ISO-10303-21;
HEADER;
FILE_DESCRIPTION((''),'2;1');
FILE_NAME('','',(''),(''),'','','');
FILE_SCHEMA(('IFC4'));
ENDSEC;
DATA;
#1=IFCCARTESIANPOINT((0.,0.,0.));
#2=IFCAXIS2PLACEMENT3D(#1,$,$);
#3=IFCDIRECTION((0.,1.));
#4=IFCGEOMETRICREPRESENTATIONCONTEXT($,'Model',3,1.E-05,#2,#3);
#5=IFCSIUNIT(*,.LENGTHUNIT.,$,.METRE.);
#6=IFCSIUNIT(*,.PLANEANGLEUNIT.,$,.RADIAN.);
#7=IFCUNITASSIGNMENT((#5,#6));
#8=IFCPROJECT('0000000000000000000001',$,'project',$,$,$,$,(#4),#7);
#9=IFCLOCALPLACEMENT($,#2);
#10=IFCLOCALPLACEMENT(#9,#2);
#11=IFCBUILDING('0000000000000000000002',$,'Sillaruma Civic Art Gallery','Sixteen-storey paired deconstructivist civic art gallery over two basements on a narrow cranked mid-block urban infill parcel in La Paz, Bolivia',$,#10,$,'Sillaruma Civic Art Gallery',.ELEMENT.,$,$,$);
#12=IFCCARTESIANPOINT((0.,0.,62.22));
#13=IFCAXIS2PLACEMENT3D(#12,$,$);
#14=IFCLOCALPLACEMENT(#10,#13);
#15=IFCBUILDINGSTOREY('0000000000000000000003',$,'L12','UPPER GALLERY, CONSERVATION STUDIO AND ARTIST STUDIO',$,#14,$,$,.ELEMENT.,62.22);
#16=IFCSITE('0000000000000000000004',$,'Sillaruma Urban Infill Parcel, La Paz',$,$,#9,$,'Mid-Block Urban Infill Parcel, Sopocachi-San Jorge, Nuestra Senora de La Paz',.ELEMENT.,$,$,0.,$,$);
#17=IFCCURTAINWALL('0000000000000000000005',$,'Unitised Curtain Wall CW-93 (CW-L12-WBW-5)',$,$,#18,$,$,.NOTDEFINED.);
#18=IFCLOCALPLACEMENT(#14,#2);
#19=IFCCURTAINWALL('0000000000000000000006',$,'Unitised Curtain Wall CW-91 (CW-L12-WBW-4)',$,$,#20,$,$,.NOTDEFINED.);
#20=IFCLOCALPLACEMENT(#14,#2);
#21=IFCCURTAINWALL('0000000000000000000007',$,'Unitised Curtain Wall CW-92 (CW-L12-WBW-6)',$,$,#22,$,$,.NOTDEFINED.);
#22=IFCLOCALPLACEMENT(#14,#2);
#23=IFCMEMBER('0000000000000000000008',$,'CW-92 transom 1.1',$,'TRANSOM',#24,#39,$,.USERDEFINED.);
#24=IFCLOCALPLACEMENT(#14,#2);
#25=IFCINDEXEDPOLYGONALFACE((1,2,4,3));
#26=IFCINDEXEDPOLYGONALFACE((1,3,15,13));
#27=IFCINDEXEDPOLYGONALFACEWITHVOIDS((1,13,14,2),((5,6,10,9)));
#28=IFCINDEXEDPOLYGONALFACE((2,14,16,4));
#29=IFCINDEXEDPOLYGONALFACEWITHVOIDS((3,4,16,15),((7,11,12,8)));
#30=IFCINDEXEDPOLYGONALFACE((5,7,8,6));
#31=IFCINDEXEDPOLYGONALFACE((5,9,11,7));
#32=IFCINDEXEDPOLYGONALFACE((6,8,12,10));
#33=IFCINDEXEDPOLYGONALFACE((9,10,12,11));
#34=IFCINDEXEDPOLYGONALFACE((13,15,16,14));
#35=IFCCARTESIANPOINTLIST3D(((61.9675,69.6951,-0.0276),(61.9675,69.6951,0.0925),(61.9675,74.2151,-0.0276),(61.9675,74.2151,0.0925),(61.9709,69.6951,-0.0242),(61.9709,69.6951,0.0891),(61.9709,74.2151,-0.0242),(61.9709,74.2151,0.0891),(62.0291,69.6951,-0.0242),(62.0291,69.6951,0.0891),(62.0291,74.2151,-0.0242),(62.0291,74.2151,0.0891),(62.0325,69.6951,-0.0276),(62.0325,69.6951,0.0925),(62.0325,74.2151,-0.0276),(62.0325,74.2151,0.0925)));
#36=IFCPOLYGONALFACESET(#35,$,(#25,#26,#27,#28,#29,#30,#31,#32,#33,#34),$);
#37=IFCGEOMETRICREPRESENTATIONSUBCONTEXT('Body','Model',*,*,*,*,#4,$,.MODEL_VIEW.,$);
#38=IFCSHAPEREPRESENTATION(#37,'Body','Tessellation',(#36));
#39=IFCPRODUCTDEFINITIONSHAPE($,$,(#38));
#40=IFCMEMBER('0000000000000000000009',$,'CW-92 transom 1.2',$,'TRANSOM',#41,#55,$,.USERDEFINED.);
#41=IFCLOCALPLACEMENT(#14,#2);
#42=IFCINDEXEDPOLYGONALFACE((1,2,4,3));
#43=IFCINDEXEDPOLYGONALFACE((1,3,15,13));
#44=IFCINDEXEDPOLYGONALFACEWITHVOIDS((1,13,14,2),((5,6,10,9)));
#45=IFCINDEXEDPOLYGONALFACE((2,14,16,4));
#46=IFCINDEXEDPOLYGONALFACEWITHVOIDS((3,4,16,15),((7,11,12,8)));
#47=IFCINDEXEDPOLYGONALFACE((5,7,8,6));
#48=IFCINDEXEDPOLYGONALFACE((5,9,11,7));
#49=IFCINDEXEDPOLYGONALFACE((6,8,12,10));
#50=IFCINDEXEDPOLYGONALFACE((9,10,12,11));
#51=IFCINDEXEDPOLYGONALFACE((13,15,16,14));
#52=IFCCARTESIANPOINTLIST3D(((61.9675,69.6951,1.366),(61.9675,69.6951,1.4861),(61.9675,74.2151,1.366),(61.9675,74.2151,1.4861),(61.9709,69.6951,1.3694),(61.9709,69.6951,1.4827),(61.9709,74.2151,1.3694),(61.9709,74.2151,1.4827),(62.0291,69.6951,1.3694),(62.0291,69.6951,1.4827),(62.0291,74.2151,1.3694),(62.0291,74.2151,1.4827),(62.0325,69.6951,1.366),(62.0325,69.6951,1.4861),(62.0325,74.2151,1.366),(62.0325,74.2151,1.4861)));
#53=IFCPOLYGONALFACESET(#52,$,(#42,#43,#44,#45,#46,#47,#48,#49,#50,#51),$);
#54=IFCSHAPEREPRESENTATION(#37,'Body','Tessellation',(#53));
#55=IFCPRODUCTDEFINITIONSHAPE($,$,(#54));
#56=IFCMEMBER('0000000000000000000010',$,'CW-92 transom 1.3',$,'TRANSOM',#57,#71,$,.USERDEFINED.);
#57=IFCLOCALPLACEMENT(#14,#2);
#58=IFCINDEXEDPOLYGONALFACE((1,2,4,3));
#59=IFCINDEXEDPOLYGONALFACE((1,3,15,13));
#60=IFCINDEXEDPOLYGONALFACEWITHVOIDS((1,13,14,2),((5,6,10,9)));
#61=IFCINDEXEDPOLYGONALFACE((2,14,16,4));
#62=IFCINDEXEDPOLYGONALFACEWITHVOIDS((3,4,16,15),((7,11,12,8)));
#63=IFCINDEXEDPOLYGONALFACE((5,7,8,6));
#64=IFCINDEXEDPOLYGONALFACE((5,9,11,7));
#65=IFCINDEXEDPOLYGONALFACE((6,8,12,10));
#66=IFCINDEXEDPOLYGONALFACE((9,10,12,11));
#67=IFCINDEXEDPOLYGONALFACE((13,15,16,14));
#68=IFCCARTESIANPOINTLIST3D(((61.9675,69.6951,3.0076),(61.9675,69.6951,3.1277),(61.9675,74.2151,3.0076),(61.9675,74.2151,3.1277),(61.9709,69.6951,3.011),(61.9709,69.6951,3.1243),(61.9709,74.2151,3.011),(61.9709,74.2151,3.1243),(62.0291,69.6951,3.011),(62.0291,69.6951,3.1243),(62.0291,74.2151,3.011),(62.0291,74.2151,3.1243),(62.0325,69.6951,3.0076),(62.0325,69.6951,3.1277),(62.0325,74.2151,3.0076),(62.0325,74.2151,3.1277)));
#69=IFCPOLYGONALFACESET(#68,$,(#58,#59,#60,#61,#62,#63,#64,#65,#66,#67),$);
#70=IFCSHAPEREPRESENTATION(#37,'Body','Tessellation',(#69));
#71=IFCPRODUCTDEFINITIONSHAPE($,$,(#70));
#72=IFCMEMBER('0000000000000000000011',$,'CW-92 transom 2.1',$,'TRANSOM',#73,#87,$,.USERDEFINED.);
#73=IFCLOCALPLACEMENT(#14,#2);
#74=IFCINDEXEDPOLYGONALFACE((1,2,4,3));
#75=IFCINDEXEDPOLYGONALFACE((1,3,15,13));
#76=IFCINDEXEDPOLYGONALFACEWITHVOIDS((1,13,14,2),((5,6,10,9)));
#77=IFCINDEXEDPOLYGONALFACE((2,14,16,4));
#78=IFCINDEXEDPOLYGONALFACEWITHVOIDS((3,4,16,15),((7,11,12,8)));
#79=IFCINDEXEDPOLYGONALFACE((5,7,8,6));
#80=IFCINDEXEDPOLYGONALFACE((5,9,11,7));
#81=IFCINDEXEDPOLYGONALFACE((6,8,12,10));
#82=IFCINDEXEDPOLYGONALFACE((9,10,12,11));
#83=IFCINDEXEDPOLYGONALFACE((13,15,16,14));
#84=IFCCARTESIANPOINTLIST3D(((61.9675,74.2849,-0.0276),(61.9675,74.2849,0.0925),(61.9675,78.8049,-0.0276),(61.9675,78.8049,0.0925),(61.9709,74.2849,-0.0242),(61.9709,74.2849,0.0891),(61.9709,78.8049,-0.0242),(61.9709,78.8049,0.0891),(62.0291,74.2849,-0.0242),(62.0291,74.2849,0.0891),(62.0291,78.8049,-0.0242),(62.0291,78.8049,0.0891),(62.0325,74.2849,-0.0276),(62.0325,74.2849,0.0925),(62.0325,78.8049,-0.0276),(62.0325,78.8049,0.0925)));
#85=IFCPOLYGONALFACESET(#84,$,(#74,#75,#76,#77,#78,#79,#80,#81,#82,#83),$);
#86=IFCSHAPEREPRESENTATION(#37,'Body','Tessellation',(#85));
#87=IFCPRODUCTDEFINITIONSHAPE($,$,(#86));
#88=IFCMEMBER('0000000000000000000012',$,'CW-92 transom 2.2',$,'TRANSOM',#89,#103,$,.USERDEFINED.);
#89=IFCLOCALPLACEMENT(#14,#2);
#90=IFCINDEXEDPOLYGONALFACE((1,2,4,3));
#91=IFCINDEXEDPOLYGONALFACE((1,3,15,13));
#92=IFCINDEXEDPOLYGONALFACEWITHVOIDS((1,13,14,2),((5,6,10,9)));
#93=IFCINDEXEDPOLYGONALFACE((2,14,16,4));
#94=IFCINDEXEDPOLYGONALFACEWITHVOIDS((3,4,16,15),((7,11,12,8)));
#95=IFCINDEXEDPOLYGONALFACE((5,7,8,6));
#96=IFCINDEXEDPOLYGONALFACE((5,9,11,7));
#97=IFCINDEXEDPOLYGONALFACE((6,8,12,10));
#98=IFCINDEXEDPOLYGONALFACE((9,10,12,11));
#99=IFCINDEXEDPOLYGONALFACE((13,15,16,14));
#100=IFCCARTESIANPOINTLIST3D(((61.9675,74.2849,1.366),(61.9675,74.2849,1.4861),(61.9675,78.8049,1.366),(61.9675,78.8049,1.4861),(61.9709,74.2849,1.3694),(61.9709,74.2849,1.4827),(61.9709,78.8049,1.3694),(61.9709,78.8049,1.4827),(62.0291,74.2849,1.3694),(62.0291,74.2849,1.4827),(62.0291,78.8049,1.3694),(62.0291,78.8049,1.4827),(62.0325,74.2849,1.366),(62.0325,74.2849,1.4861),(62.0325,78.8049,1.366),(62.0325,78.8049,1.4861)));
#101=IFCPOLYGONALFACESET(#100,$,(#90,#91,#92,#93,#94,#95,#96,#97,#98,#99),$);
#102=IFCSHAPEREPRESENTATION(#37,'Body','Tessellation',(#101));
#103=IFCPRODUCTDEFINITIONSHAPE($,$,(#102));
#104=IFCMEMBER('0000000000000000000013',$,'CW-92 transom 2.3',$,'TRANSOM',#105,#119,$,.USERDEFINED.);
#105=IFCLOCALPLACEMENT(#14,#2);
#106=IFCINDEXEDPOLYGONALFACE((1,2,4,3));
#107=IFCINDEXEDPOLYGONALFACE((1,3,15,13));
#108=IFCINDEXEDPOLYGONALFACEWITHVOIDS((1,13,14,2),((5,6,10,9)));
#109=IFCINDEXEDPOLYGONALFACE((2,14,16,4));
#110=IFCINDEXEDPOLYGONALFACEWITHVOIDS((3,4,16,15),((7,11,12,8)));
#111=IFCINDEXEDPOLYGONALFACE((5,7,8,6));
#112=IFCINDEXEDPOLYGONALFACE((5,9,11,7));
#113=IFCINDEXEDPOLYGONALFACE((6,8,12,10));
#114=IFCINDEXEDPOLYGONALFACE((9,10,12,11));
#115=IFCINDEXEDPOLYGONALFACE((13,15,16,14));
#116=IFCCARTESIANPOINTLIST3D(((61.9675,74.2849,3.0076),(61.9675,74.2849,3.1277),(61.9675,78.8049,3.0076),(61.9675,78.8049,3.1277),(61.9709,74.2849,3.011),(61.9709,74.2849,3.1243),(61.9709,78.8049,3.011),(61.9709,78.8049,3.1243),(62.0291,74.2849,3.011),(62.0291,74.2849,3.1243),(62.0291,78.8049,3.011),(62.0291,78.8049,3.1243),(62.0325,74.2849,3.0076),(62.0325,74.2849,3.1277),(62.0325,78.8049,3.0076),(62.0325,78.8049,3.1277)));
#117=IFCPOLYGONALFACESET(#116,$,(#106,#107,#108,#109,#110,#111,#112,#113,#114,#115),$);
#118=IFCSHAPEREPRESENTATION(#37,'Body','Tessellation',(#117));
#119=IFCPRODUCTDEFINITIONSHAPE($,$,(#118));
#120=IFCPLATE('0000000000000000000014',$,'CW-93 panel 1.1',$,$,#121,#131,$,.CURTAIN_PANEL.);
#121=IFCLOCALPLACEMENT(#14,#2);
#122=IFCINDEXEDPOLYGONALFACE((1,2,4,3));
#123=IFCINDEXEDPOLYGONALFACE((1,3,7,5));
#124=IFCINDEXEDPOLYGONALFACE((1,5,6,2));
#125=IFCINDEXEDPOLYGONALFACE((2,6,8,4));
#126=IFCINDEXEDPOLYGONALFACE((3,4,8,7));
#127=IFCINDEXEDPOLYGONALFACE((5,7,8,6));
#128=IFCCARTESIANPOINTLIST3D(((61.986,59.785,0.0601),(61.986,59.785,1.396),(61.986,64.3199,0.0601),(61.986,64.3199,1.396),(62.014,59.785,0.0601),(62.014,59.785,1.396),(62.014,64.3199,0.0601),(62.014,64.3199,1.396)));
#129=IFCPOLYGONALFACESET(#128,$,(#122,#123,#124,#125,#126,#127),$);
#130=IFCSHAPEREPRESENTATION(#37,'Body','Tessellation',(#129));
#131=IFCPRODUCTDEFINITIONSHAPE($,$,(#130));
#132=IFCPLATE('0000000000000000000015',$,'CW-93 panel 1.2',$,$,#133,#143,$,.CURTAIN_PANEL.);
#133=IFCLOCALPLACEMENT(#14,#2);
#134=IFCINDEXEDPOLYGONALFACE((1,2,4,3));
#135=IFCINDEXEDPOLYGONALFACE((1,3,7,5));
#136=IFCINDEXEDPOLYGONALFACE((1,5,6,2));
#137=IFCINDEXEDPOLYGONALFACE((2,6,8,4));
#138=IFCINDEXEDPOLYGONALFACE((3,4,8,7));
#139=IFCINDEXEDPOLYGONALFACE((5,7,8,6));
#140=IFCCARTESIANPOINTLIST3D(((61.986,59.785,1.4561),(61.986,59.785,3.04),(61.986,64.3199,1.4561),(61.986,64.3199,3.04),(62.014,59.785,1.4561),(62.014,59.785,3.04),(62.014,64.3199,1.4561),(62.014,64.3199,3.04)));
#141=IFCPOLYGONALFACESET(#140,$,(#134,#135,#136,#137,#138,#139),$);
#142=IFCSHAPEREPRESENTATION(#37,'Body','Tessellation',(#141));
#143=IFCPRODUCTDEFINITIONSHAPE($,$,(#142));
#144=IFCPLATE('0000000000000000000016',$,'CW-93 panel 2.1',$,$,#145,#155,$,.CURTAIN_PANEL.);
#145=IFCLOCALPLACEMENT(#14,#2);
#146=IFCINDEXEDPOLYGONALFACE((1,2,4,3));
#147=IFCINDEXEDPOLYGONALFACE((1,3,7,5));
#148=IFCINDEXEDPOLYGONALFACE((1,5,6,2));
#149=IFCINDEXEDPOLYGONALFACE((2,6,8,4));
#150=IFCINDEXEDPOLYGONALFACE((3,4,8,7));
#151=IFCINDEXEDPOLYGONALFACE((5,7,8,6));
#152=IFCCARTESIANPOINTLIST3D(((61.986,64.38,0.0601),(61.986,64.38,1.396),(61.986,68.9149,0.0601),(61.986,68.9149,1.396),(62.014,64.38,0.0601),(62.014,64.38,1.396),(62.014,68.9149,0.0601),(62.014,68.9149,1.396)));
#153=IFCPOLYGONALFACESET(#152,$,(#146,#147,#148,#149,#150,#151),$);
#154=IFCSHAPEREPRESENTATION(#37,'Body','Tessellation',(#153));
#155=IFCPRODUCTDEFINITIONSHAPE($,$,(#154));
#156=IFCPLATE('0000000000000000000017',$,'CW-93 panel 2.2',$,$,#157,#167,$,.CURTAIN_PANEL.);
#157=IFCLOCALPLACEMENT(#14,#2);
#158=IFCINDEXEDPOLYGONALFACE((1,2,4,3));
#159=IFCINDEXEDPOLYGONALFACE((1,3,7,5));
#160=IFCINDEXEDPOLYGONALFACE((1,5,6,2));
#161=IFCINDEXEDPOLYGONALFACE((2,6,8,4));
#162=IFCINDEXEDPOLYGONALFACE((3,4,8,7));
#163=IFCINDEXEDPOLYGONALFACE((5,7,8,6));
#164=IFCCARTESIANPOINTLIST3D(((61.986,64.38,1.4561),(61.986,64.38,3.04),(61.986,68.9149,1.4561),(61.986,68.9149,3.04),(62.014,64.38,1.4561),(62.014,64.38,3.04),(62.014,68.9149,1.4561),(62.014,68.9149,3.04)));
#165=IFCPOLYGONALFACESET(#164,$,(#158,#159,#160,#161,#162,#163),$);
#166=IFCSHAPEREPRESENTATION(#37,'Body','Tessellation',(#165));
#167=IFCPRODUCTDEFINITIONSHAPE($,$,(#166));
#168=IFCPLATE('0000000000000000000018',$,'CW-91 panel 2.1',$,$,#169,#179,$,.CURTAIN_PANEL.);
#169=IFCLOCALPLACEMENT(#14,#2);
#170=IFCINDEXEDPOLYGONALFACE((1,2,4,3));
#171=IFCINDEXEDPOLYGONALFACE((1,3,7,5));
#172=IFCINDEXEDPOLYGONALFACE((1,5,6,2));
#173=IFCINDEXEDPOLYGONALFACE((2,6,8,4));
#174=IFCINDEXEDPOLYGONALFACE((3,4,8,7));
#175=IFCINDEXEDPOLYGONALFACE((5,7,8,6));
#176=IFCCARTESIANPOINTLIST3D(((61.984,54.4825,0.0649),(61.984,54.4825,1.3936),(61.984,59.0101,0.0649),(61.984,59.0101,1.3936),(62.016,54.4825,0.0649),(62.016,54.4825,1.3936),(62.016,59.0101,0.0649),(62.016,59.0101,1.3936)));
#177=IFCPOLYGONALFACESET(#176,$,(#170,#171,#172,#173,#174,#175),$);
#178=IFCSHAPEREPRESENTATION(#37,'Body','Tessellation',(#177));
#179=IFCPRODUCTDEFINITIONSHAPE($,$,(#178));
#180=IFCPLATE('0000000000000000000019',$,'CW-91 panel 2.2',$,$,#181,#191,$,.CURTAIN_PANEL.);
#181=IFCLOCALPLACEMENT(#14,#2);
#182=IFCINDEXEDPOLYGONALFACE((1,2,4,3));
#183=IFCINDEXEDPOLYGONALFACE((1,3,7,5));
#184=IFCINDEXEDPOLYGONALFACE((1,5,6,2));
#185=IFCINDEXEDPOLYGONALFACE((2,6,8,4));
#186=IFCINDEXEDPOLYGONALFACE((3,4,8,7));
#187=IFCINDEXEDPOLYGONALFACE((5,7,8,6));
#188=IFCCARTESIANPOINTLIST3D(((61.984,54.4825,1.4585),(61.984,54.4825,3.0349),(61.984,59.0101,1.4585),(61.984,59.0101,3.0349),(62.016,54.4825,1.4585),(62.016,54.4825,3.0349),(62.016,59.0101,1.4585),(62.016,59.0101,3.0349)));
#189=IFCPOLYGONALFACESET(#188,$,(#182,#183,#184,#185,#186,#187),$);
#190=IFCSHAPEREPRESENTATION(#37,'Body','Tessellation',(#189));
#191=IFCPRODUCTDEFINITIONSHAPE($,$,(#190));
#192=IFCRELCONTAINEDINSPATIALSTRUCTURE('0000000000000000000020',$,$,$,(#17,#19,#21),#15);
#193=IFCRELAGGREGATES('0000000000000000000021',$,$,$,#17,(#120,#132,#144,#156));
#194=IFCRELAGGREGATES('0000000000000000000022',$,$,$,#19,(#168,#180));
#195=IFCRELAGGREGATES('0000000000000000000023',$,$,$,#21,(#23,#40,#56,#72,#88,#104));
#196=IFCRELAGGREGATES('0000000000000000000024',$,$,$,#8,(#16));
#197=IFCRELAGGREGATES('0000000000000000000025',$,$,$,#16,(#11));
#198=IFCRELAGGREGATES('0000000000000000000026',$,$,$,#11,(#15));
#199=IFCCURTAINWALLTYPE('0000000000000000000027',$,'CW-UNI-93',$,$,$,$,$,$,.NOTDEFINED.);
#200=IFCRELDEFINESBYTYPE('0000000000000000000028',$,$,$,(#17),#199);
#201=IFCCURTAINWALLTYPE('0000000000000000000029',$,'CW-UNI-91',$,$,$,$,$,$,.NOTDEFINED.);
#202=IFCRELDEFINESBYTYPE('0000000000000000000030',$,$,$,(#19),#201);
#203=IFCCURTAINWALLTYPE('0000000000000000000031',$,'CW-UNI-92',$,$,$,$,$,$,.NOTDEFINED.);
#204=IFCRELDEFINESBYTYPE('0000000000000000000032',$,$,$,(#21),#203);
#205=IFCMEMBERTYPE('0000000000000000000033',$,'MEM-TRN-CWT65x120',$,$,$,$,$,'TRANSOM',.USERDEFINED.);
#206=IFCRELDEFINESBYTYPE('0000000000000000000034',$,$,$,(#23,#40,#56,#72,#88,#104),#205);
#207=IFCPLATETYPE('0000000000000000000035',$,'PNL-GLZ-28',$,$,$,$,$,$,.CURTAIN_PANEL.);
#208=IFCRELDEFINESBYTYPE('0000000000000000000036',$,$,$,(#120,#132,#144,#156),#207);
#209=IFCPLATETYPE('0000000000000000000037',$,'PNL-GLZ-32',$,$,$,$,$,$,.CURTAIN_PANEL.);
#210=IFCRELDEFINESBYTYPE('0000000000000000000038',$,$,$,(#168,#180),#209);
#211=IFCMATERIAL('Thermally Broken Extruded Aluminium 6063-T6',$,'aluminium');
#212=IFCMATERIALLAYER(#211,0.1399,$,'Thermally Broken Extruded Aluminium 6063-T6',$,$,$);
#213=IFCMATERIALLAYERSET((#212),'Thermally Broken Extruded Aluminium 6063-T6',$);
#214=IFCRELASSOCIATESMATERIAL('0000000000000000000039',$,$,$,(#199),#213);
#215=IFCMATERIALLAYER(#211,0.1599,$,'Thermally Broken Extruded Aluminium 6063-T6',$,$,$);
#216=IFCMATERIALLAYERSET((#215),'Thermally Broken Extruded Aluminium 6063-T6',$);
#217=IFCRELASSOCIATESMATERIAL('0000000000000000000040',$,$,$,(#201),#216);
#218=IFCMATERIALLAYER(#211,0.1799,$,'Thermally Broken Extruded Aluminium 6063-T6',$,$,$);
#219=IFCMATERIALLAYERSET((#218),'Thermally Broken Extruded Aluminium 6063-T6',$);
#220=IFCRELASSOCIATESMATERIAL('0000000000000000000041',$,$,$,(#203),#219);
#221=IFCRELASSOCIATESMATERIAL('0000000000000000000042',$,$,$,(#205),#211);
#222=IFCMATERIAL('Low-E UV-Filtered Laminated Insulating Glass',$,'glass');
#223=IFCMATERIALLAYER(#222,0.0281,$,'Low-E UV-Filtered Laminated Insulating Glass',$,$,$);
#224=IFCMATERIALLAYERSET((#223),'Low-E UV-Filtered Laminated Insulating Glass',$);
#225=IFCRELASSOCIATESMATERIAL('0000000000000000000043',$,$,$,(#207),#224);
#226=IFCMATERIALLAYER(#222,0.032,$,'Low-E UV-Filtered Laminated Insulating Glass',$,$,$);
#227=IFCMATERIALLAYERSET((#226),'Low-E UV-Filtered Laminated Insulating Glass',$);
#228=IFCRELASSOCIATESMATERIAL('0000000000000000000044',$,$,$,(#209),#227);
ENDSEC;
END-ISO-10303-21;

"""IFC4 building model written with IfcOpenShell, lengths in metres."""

from ifc_helpers import new_model, si_unit, direction, frame, origin, origin_2d, place, context, subcontext, project, spatial, rectangle, hollow_rectangle, extrude, material, layer, layer_set, material_profile, profile_set, type_object, element, aggregate, save


model = new_model("IFC4")

# Units and contexts
model_context = context("Model", 3, precision=1e-05, world=origin(), true_north=direction((0.0, 1.0)))
body_context = subcontext(model_context, "Body", "Model", "MODEL_VIEW")
ifc_project = project(units=[si_unit("LENGTHUNIT", "METRE"), si_unit("PLANEANGLEUNIT", "RADIAN")], contexts=[model_context])

# Site, building, storey
site_placement = place(None, origin())
site = spatial("IfcSite", under=ifc_project, at=site_placement, Name="Sillaruma Urban Infill Parcel, La Paz", LongName="Mid-Block Urban Infill Parcel, Sopocachi-San Jorge, Nuestra Senora de La Paz", CompositionType="ELEMENT", RefElevation=0.0)
building_placement = place(site_placement, origin())
building = spatial("IfcBuilding", under=site, at=building_placement, Name="Sillaruma Civic Art Gallery", Description="Sixteen-storey paired deconstructivist civic art gallery over two basements on a narrow cranked mid-block urban infill parcel in La Paz, Bolivia", LongName="Sillaruma Civic Art Gallery", CompositionType="ELEMENT")
storey_placement = place(building_placement, frame((0.0, 0.0, 62.22)))
storey = spatial("IfcBuildingStorey", under=building, at=storey_placement, Name="L12", Description="UPPER GALLERY, CONSERVATION STUDIO AND ARTIST STUDIO", CompositionType="ELEMENT", Elevation=62.22)

# Curtain wall
ifc_material_1 = material(Name="Thermally Broken Extruded Aluminium 6063-T6", Category="aluminium")
ifc_layer_1 = layer(ifc_material_1, 0.1399, Name="Thermally Broken Extruded Aluminium 6063-T6")
ifc_layer_set_1 = layer_set([ifc_layer_1], Name="Thermally Broken Extruded Aluminium 6063-T6")
curtain_wall_type_1 = type_object("IfcCurtainWallType", Name="CW-UNI-93", PredefinedType="NOTDEFINED", material=ifc_layer_set_1)
curtain_wall_1_placement = place(storey_placement, origin())
curtain_wall_1 = element("IfcCurtainWall", 1, at=curtain_wall_1_placement, inside=storey, type_object=curtain_wall_type_1, Name="Unitised Curtain Wall CW-93 (CW-L12-WBW-5)", PredefinedType="NOTDEFINED")

# Curtain wall
ifc_layer_2 = layer(ifc_material_1, 0.1599, Name="Thermally Broken Extruded Aluminium 6063-T6")
ifc_layer_set_2 = layer_set([ifc_layer_2], Name="Thermally Broken Extruded Aluminium 6063-T6")
curtain_wall_type_2 = type_object("IfcCurtainWallType", Name="CW-UNI-91", PredefinedType="NOTDEFINED", material=ifc_layer_set_2)
curtain_wall_2_placement = place(storey_placement, origin())
curtain_wall_2 = element("IfcCurtainWall", 2, at=curtain_wall_2_placement, inside=storey, type_object=curtain_wall_type_2, Name="Unitised Curtain Wall CW-91 (CW-L12-WBW-4)", PredefinedType="NOTDEFINED")

# Curtain wall
ifc_layer_3 = layer(ifc_material_1, 0.1799, Name="Thermally Broken Extruded Aluminium 6063-T6")
ifc_layer_set_3 = layer_set([ifc_layer_3], Name="Thermally Broken Extruded Aluminium 6063-T6")
curtain_wall_type_3 = type_object("IfcCurtainWallType", Name="CW-UNI-92", PredefinedType="NOTDEFINED", material=ifc_layer_set_3)
curtain_wall_3_placement = place(storey_placement, origin())
curtain_wall_3 = element("IfcCurtainWall", 3, at=curtain_wall_3_placement, inside=storey, type_object=curtain_wall_type_3, Name="Unitised Curtain Wall CW-92 (CW-L12-WBW-6)", PredefinedType="NOTDEFINED")

# Members
ifc_material_profile_1 = material_profile(ifc_material_1, hollow_rectangle(XDim=0.0649, YDim=0.1201, WallThickness=0.0034, at=origin_2d()), Name="CWT65x120")
ifc_profile_set_1 = profile_set([ifc_material_profile_1], Name="Thermally Broken Extruded Aluminium 6063-T6")
member_type_1 = type_object("IfcMemberType", Name="MEM-TRN-CWT65x120", ElementType="TRANSOM", PredefinedType="USERDEFINED", material=ifc_profile_set_1)
member_1_placement = place(storey_placement, frame((62.0, 69.6951, 0.0325), z_axis=(0.0, 1.0, 0.0), x_axis=(-1.0, 0.0, 0.0)))
member_1 = element("IfcMember", 4, at=member_1_placement, type_object=member_type_1, Name="CW-92 transom 1.1", ObjectType="TRANSOM", PredefinedType="USERDEFINED", context=body_context, shape_type="SweptSolid", body=[
    extrude(hollow_rectangle(XDim=0.0649, YDim=0.1201, WallThickness=0.0034, at=origin_2d()), origin(), (0.0, 0.0, 1.0), 4.52),
])
member_2_placement = place(storey_placement, frame((62.0, 69.6951, 1.426), z_axis=(0.0, 1.0, 0.0), x_axis=(-1.0, 0.0, 0.0)))
member_2 = element("IfcMember", 5, at=member_2_placement, type_object=member_type_1, Name="CW-92 transom 1.2", ObjectType="TRANSOM", PredefinedType="USERDEFINED", context=body_context, shape_type="SweptSolid", body=[
    extrude(hollow_rectangle(XDim=0.0649, YDim=0.1201, WallThickness=0.0034, at=origin_2d()), origin(), (0.0, 0.0, 1.0), 4.52),
])
member_3_placement = place(storey_placement, frame((62.0, 69.6951, 3.0676), z_axis=(0.0, 1.0, 0.0), x_axis=(-1.0, 0.0, 0.0)))
member_3 = element("IfcMember", 6, at=member_3_placement, type_object=member_type_1, Name="CW-92 transom 1.3", ObjectType="TRANSOM", PredefinedType="USERDEFINED", context=body_context, shape_type="SweptSolid", body=[
    extrude(hollow_rectangle(XDim=0.0649, YDim=0.1201, WallThickness=0.0034, at=origin_2d()), origin(), (0.0, 0.0, 1.0), 4.52),
])
member_4_placement = place(storey_placement, frame((62.0, 74.2849, 0.0325), z_axis=(0.0, 1.0, 0.0), x_axis=(-1.0, 0.0, 0.0)))
member_4 = element("IfcMember", 7, at=member_4_placement, type_object=member_type_1, Name="CW-92 transom 2.1", ObjectType="TRANSOM", PredefinedType="USERDEFINED", context=body_context, shape_type="SweptSolid", body=[
    extrude(hollow_rectangle(XDim=0.0649, YDim=0.1201, WallThickness=0.0034, at=origin_2d()), origin(), (0.0, 0.0, 1.0), 4.52),
])
member_5_placement = place(storey_placement, frame((62.0, 74.2849, 1.426), z_axis=(0.0, 1.0, 0.0), x_axis=(-1.0, 0.0, 0.0)))
member_5 = element("IfcMember", 8, at=member_5_placement, type_object=member_type_1, Name="CW-92 transom 2.2", ObjectType="TRANSOM", PredefinedType="USERDEFINED", context=body_context, shape_type="SweptSolid", body=[
    extrude(hollow_rectangle(XDim=0.0649, YDim=0.1201, WallThickness=0.0034, at=origin_2d()), origin(), (0.0, 0.0, 1.0), 4.52),
])
member_6_placement = place(storey_placement, frame((62.0, 74.2849, 3.0676), z_axis=(0.0, 1.0, 0.0), x_axis=(-1.0, 0.0, 0.0)))
member_6 = element("IfcMember", 9, at=member_6_placement, type_object=member_type_1, Name="CW-92 transom 2.3", ObjectType="TRANSOM", PredefinedType="USERDEFINED", context=body_context, shape_type="SweptSolid", body=[
    extrude(hollow_rectangle(XDim=0.0649, YDim=0.1201, WallThickness=0.0034, at=origin_2d()), origin(), (0.0, 0.0, 1.0), 4.52),
])

# Plates
ifc_material_2 = material(Name="Low-E UV-Filtered Laminated Insulating Glass", Category="glass")
ifc_layer_4 = layer(ifc_material_2, 0.0281, Name="Low-E UV-Filtered Laminated Insulating Glass")
ifc_layer_set_4 = layer_set([ifc_layer_4], Name="Low-E UV-Filtered Laminated Insulating Glass")
plate_type_1 = type_object("IfcPlateType", Name="PNL-GLZ-28", PredefinedType="CURTAIN_PANEL", material=ifc_layer_set_4)
plate_1_placement = place(storey_placement, frame((62.0, 62.0525, 0.0601), z_axis=(0.0, 0.0, 1.0), x_axis=(0.0, 1.0, 0.0)))
plate_1 = element("IfcPlate", 10, at=plate_1_placement, type_object=plate_type_1, Name="CW-93 panel 1.1", PredefinedType="CURTAIN_PANEL", context=body_context, shape_type="SweptSolid", body=[
    extrude(rectangle(XDim=4.5349, YDim=0.0281, at=origin_2d()), origin(), (0.0, 0.0, 1.0), 1.3359),
])
plate_2_placement = place(storey_placement, frame((62.0, 62.0525, 1.4561), z_axis=(0.0, 0.0, 1.0), x_axis=(0.0, 1.0, 0.0)))
plate_2 = element("IfcPlate", 11, at=plate_2_placement, type_object=plate_type_1, Name="CW-93 panel 1.2", PredefinedType="CURTAIN_PANEL", context=body_context, shape_type="SweptSolid", body=[
    extrude(rectangle(XDim=4.5349, YDim=0.0281, at=origin_2d()), origin(), (0.0, 0.0, 1.0), 1.584),
])
plate_3_placement = place(storey_placement, frame((62.0, 66.6475, 0.0601), z_axis=(0.0, 0.0, 1.0), x_axis=(0.0, 1.0, 0.0)))
plate_3 = element("IfcPlate", 12, at=plate_3_placement, type_object=plate_type_1, Name="CW-93 panel 2.1", PredefinedType="CURTAIN_PANEL", context=body_context, shape_type="SweptSolid", body=[
    extrude(rectangle(XDim=4.5349, YDim=0.0281, at=origin_2d()), origin(), (0.0, 0.0, 1.0), 1.3359),
])
plate_4_placement = place(storey_placement, frame((62.0, 66.6475, 1.4561), z_axis=(0.0, 0.0, 1.0), x_axis=(0.0, 1.0, 0.0)))
plate_4 = element("IfcPlate", 13, at=plate_4_placement, type_object=plate_type_1, Name="CW-93 panel 2.2", PredefinedType="CURTAIN_PANEL", context=body_context, shape_type="SweptSolid", body=[
    extrude(rectangle(XDim=4.5349, YDim=0.0281, at=origin_2d()), origin(), (0.0, 0.0, 1.0), 1.584),
])
aggregate(curtain_wall_1, [plate_1, plate_2, plate_3, plate_4])
ifc_layer_5 = layer(ifc_material_2, 0.032, Name="Low-E UV-Filtered Laminated Insulating Glass")
ifc_layer_set_5 = layer_set([ifc_layer_5], Name="Low-E UV-Filtered Laminated Insulating Glass")
plate_type_2 = type_object("IfcPlateType", Name="PNL-GLZ-32", PredefinedType="CURTAIN_PANEL", material=ifc_layer_set_5)
plate_5_placement = place(storey_placement, frame((62.0, 56.7463, 0.0649), z_axis=(0.0, 0.0, 1.0), x_axis=(0.0, 1.0, 0.0)))
plate_5 = element("IfcPlate", 14, at=plate_5_placement, type_object=plate_type_2, Name="CW-91 panel 2.1", PredefinedType="CURTAIN_PANEL", context=body_context, shape_type="SweptSolid", body=[
    extrude(rectangle(XDim=4.5276, YDim=0.032, at=origin_2d()), origin(), (0.0, 0.0, 1.0), 1.3286),
])
plate_6_placement = place(storey_placement, frame((62.0, 56.7463, 1.4585), z_axis=(0.0, 0.0, 1.0), x_axis=(0.0, 1.0, 0.0)))
plate_6 = element("IfcPlate", 15, at=plate_6_placement, type_object=plate_type_2, Name="CW-91 panel 2.2", PredefinedType="CURTAIN_PANEL", context=body_context, shape_type="SweptSolid", body=[
    extrude(rectangle(XDim=4.5276, YDim=0.032, at=origin_2d()), origin(), (0.0, 0.0, 1.0), 1.5764),
])
aggregate(curtain_wall_2, [plate_5, plate_6])
aggregate(curtain_wall_3, [member_1, member_2, member_3, member_4, member_5, member_6])

save(model, "model.ifc")
